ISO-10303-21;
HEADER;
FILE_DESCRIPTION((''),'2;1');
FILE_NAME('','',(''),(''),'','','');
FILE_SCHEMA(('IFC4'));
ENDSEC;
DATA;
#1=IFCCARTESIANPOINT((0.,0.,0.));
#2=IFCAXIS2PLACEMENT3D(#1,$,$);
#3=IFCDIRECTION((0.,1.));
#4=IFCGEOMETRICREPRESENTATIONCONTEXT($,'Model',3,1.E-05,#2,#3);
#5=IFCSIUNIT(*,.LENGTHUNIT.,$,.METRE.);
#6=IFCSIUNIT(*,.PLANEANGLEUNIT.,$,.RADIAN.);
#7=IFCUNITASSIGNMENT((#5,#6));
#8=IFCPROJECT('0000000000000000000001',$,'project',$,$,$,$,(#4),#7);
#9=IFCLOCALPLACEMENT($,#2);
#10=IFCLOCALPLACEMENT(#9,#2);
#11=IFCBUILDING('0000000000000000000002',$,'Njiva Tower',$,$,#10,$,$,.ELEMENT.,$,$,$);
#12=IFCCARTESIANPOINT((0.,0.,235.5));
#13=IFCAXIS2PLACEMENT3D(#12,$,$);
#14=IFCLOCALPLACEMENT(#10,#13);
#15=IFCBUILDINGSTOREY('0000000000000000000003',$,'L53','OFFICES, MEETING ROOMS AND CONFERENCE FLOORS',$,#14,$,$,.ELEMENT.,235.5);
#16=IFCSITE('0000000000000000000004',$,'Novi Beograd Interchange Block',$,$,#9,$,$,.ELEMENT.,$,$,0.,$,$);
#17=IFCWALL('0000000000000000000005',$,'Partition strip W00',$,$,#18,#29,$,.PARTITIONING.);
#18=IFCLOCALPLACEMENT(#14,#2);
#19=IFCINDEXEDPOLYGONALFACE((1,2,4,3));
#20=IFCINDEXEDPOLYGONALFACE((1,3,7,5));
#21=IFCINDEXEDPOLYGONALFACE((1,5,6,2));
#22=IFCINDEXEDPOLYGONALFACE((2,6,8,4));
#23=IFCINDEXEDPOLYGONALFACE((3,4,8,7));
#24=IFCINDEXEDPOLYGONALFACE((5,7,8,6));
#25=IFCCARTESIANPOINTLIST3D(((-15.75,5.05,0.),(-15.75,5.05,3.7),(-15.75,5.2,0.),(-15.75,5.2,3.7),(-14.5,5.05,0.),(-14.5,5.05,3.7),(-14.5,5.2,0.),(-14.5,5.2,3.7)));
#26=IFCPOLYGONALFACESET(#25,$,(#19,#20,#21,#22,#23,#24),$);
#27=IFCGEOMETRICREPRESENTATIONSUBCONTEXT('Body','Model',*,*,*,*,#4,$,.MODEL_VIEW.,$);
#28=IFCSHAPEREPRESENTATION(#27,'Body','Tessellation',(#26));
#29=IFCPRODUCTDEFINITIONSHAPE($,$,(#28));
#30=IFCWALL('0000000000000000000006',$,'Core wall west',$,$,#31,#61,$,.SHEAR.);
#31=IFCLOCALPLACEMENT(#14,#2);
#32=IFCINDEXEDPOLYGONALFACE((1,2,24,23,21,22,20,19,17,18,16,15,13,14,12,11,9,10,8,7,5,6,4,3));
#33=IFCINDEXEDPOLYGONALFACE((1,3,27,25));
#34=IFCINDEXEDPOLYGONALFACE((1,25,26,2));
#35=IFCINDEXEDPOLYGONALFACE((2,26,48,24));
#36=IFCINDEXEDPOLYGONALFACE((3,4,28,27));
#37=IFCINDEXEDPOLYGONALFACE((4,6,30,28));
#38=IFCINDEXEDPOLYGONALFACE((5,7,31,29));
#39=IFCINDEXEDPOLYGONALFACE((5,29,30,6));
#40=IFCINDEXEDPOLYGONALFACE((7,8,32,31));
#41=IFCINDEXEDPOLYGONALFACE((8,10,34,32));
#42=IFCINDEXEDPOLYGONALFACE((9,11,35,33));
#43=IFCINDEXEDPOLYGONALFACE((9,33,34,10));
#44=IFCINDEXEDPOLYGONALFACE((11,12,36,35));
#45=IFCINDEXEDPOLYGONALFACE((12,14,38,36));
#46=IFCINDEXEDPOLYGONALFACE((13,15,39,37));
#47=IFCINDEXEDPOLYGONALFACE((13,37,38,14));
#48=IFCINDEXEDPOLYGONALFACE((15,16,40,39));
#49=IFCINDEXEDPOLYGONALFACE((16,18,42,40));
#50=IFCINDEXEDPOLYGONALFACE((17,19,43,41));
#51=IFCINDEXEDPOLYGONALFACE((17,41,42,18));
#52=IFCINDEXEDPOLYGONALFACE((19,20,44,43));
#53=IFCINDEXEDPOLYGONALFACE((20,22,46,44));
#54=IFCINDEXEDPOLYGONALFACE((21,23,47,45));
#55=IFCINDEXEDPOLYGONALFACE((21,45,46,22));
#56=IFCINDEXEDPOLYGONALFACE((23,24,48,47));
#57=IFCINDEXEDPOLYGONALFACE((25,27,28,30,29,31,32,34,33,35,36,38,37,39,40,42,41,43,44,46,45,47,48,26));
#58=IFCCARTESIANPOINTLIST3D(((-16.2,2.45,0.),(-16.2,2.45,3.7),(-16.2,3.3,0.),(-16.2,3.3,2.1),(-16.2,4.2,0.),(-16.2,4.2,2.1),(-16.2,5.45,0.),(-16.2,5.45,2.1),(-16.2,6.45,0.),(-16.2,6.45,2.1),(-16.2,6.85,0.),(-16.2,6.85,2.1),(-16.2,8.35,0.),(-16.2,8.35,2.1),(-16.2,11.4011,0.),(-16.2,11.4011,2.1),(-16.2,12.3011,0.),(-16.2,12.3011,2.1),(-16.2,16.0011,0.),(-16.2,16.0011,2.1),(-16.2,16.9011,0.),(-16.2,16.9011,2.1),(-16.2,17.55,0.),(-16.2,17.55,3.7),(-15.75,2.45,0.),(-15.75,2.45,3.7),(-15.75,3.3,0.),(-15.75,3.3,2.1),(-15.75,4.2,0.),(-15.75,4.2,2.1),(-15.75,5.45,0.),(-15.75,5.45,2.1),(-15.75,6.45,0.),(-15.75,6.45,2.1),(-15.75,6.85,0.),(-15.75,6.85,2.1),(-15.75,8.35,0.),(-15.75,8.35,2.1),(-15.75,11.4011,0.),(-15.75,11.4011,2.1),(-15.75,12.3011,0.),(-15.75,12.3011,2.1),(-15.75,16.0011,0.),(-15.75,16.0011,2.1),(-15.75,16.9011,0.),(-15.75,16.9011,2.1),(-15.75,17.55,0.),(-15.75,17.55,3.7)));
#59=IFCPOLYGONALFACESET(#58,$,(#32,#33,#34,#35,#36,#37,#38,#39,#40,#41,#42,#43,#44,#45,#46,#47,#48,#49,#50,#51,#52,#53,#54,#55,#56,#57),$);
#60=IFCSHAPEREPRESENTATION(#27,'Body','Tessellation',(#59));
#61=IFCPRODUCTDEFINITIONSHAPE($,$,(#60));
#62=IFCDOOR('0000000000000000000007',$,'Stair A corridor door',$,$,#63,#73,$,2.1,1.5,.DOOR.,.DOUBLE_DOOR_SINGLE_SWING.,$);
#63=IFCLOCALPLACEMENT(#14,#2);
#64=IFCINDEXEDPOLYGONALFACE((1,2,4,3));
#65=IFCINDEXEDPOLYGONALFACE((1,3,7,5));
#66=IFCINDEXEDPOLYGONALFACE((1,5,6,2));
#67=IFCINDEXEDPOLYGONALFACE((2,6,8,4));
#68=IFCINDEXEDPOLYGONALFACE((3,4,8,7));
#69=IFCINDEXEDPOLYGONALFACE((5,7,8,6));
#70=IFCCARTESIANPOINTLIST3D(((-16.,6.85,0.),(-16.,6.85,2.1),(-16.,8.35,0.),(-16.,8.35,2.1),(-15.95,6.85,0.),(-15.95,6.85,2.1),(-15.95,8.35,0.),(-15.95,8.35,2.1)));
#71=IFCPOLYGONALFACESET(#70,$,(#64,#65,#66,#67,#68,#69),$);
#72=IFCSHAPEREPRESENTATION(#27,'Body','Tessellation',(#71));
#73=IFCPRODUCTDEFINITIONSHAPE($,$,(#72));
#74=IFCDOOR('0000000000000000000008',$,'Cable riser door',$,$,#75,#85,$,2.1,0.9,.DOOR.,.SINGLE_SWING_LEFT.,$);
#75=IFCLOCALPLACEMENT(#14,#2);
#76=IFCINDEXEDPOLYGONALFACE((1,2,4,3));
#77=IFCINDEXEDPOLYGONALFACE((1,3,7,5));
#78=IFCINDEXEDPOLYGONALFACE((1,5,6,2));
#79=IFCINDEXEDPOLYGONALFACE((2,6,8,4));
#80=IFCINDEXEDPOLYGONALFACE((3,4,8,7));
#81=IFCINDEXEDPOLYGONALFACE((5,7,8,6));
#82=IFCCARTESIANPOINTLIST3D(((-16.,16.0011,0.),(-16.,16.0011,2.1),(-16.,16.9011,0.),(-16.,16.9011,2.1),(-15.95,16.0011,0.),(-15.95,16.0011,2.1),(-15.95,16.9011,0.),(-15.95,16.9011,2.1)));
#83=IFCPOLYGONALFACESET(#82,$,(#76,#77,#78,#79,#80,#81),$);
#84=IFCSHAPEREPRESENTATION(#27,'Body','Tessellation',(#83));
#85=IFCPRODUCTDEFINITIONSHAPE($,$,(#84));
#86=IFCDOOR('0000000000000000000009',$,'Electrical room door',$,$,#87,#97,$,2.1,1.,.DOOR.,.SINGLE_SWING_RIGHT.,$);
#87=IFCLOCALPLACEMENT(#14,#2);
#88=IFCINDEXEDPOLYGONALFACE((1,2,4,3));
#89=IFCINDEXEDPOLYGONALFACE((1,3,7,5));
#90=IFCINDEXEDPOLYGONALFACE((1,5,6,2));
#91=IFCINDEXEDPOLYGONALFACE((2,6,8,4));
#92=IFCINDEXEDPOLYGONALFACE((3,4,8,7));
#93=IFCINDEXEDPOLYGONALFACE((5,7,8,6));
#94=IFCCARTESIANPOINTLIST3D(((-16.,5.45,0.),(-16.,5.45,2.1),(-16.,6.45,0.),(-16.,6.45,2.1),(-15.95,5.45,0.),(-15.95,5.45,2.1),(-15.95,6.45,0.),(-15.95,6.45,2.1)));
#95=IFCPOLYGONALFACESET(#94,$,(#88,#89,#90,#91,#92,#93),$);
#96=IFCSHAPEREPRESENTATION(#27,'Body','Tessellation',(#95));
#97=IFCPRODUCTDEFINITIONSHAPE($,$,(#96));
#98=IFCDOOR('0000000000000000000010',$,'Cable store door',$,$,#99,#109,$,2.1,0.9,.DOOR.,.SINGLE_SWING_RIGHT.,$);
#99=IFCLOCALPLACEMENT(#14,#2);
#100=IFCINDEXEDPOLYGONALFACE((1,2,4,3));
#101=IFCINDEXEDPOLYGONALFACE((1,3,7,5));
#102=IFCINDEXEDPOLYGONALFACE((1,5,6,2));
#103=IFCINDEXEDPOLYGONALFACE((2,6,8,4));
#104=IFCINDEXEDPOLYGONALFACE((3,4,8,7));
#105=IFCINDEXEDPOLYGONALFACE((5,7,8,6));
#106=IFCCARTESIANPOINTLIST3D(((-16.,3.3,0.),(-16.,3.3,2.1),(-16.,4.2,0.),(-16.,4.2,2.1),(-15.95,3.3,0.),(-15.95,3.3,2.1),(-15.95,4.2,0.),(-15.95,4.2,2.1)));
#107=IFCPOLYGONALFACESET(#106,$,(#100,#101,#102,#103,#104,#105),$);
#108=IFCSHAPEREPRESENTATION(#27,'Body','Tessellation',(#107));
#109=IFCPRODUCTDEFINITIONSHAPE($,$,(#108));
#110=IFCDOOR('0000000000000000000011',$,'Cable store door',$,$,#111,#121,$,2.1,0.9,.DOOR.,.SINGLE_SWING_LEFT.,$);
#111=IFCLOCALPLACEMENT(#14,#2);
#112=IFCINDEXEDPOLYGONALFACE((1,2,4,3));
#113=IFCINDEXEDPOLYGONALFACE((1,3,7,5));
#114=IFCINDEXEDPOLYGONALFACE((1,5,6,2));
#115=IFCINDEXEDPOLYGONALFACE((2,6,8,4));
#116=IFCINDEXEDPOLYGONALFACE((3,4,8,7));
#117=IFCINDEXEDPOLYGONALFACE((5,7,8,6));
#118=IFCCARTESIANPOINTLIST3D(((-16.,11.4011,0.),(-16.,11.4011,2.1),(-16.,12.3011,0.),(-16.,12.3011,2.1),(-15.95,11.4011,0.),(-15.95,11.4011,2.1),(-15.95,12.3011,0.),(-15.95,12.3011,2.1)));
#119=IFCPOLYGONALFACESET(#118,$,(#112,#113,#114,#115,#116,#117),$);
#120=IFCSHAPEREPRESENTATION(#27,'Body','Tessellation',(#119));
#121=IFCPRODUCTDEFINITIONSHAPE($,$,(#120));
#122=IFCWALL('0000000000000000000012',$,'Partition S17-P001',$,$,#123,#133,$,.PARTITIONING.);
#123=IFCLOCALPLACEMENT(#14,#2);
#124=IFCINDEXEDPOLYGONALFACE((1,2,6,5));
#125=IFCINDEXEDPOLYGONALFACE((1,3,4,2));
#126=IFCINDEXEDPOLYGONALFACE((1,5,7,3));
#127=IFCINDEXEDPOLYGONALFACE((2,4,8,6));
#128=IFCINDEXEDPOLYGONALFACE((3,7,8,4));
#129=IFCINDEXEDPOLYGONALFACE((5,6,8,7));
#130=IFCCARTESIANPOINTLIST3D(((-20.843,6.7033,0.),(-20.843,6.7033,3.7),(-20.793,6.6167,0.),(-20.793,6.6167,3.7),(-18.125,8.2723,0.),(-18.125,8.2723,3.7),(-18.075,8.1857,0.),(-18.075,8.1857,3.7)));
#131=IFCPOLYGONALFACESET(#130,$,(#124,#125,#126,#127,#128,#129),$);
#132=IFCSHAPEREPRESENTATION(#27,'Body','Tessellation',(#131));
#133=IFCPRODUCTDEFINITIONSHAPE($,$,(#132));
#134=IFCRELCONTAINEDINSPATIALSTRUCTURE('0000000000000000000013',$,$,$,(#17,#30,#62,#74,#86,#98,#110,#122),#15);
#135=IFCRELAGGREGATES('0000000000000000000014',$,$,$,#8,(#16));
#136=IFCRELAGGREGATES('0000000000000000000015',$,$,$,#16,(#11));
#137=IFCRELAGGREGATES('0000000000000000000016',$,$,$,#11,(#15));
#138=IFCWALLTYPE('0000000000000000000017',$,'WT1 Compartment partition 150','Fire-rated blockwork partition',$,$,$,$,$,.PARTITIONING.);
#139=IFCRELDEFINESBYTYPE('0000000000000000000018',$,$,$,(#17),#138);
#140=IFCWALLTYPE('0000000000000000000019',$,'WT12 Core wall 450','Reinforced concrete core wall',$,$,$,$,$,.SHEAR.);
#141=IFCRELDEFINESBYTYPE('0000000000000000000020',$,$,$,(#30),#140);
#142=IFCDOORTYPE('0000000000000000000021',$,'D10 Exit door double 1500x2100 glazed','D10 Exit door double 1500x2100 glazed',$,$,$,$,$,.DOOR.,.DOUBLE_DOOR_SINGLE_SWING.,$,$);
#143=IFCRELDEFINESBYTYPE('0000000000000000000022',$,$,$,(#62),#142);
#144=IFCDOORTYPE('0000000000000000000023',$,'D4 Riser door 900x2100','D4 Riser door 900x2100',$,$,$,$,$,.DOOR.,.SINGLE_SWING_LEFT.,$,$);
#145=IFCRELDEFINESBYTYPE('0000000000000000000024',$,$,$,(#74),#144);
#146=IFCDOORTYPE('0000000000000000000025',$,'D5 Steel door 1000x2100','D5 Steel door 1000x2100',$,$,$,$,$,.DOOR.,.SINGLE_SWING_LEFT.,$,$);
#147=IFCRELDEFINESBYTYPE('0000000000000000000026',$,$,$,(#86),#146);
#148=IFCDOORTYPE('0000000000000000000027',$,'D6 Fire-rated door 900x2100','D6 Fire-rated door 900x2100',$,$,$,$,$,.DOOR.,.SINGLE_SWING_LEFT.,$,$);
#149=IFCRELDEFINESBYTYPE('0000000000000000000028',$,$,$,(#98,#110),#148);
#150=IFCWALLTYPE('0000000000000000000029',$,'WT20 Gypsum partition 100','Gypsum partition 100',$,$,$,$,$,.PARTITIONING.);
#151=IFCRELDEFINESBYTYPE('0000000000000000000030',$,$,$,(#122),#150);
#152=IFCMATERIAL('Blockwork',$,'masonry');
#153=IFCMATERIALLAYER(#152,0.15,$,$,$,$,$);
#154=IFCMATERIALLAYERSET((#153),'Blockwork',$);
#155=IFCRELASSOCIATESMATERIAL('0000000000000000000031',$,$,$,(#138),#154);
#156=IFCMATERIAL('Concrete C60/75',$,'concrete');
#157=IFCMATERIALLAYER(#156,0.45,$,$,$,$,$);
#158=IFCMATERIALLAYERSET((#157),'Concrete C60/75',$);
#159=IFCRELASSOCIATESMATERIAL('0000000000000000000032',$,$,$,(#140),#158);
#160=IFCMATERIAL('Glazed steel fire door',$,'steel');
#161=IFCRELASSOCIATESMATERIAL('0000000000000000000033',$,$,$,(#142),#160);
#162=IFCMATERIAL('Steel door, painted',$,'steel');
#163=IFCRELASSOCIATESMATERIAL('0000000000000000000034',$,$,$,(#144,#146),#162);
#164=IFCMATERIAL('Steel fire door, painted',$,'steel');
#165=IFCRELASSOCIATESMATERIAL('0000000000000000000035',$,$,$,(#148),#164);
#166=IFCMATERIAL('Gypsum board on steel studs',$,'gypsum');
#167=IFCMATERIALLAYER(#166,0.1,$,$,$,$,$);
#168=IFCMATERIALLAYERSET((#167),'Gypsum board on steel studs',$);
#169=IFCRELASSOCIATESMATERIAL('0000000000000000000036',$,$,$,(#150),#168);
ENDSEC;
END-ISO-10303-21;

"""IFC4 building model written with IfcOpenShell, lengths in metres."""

from ifc_helpers import new_model, si_unit, direction, frame, frame_2d, origin, place, context, subcontext, project, spatial, rectangle, extrude, material, layer, layer_set, type_object, element, fill, save


model = new_model("IFC4")

# Units and contexts
model_context = context("Model", 3, precision=1e-05, world=origin(), true_north=direction((0.0, 1.0)))
body_context = subcontext(model_context, "Body", "Model", "MODEL_VIEW")
ifc_project = project(units=[si_unit("LENGTHUNIT", "METRE"), si_unit("PLANEANGLEUNIT", "RADIAN")], contexts=[model_context])

# Site, building, storey
site_placement = place(None, origin())
site = spatial("IfcSite", under=ifc_project, at=site_placement, Name="Novi Beograd Interchange Block", CompositionType="ELEMENT", RefElevation=0.0)
building_placement = place(site_placement, origin())
building = spatial("IfcBuilding", under=site, at=building_placement, Name="Njiva Tower", CompositionType="ELEMENT")
storey_placement = place(building_placement, frame((0.0, 0.0, 235.5)))
storey = spatial("IfcBuildingStorey", under=building, at=storey_placement, Name="L53", Description="OFFICES, MEETING ROOMS AND CONFERENCE FLOORS", CompositionType="ELEMENT", Elevation=235.5)

# Wall
ifc_material_1 = material(Name="Blockwork", Category="masonry")
ifc_layer_1 = layer(ifc_material_1, 0.15)
ifc_layer_set_1 = layer_set([ifc_layer_1], Name="Blockwork")
wall_type_1 = type_object("IfcWallType", Name="WT1 Compartment partition 150", Description="Fire-rated blockwork partition", PredefinedType="PARTITIONING", material=ifc_layer_set_1)
wall_1_placement = place(storey_placement, frame((-15.75, 5.125, 0.0), z_axis=(0.0, 0.0, 1.0), x_axis=(1.0, 0.0, 0.0)))
element("IfcWall", 1, at=wall_1_placement, inside=storey, type_object=wall_type_1, Name="Partition strip W00", PredefinedType="PARTITIONING", context=body_context, shape_type="SweptSolid", body=[
    extrude(rectangle(XDim=1.25, YDim=0.15, at=frame_2d((0.625, 0.0))), origin(), (0.0, 0.0, 1.0), 3.7),
])

# Wall, openings, doors
ifc_material_2 = material(Name="Concrete C60/75", Category="concrete")
ifc_layer_2 = layer(ifc_material_2, 0.45)
ifc_layer_set_2 = layer_set([ifc_layer_2], Name="Concrete C60/75")
wall_type_2 = type_object("IfcWallType", Name="WT12 Core wall 450", Description="Reinforced concrete core wall", PredefinedType="SHEAR", material=ifc_layer_set_2)
wall_2_placement = place(storey_placement, frame((-15.975, 2.45, 0.0), z_axis=(0.0, 0.0, 1.0), x_axis=(0.0, 1.0, 0.0)))
wall_2 = element("IfcWall", 2, at=wall_2_placement, inside=storey, type_object=wall_type_2, Name="Core wall west", PredefinedType="SHEAR", context=body_context, shape_type="SweptSolid", body=[
    extrude(rectangle(XDim=15.1, YDim=0.45, at=frame_2d((7.55, 0.0))), origin(), (0.0, 0.0, 1.0), 3.7),
])
opening_1_placement = place(wall_2_placement, frame((4.4, 0.0, 0.0)))
opening_1 = element("IfcOpeningElement", 3, at=opening_1_placement, cuts=wall_2, PredefinedType="OPENING", context=body_context, shape_type="SweptSolid", body=[
    extrude(rectangle(XDim=1.5, YDim=2.1, at=frame_2d((0.75, 1.05))), frame((0.0, 0.235, 0.0), z_axis=(0.0, -1.0, 0.0), x_axis=(1.0, 0.0, 0.0)), (0.0, 0.0, 1.0), 0.47),
])
opening_2_placement = place(wall_2_placement, frame((0.85, 0.0, 0.0)))
opening_2 = element("IfcOpeningElement", 4, at=opening_2_placement, cuts=wall_2, PredefinedType="OPENING", context=body_context, shape_type="SweptSolid", body=[
    extrude(rectangle(XDim=0.9, YDim=2.1, at=frame_2d((0.45, 1.05))), frame((0.0, 0.235, 0.0), z_axis=(0.0, -1.0, 0.0), x_axis=(1.0, 0.0, 0.0)), (0.0, 0.0, 1.0), 0.47),
])
opening_3_placement = place(wall_2_placement, frame((3.0, 0.0, 0.0)))
opening_3 = element("IfcOpeningElement", 5, at=opening_3_placement, cuts=wall_2, PredefinedType="OPENING", context=body_context, shape_type="SweptSolid", body=[
    extrude(rectangle(XDim=1.0, YDim=2.1, at=frame_2d((0.5, 1.05))), frame((0.0, 0.235, 0.0), z_axis=(0.0, -1.0, 0.0), x_axis=(1.0, 0.0, 0.0)), (0.0, 0.0, 1.0), 0.47),
])
opening_4_placement = place(wall_2_placement, frame((8.9511, 0.0, 0.0)))
opening_4 = element("IfcOpeningElement", 6, at=opening_4_placement, cuts=wall_2, PredefinedType="OPENING", context=body_context, shape_type="SweptSolid", body=[
    extrude(rectangle(XDim=0.9, YDim=2.1, at=frame_2d((0.45, 1.05))), frame((0.0, 0.235, 0.0), z_axis=(0.0, -1.0, 0.0), x_axis=(1.0, 0.0, 0.0)), (0.0, 0.0, 1.0), 0.47),
])
opening_5_placement = place(wall_2_placement, frame((13.5511, 0.0, 0.0)))
opening_5 = element("IfcOpeningElement", 7, at=opening_5_placement, cuts=wall_2, PredefinedType="OPENING", context=body_context, shape_type="SweptSolid", body=[
    extrude(rectangle(XDim=0.9, YDim=2.1, at=frame_2d((0.45, 1.05))), frame((0.0, 0.235, 0.0), z_axis=(0.0, -1.0, 0.0), x_axis=(1.0, 0.0, 0.0)), (0.0, 0.0, 1.0), 0.47),
])
ifc_material_3 = material(Name="Glazed steel fire door", Category="steel")
door_type_1 = type_object("IfcDoorType", Name="D10 Exit door double 1500x2100 glazed", Description="D10 Exit door double 1500x2100 glazed", OperationType="DOUBLE_DOOR_SINGLE_SWING", PredefinedType="DOOR", material=ifc_material_3)
door_1_placement = place(opening_1_placement, origin())
door_1 = element("IfcDoor", 8, at=door_1_placement, inside=storey, type_object=door_type_1, Name="Stair A corridor door", OperationType="DOUBLE_DOOR_SINGLE_SWING", OverallHeight=2.1, OverallWidth=1.5, PredefinedType="DOOR", context=body_context, shape_type="SweptSolid", body=[
    extrude(rectangle(XDim=1.5, YDim=2.1, at=frame_2d((0.75, 1.05))), frame((0.0, 0.025, 0.0), z_axis=(0.0, -1.0, 0.0), x_axis=(1.0, 0.0, 0.0)), (0.0, 0.0, 1.0), 0.05),
])
fill(opening_1, door_1)
ifc_material_4 = material(Name="Steel door, painted", Category="steel")
door_type_2 = type_object("IfcDoorType", Name="D4 Riser door 900x2100", Description="D4 Riser door 900x2100", OperationType="SINGLE_SWING_LEFT", PredefinedType="DOOR", material=ifc_material_4)
door_2_placement = place(opening_5_placement, origin())
door_2 = element("IfcDoor", 9, at=door_2_placement, inside=storey, type_object=door_type_2, Name="Cable riser door", OperationType="SINGLE_SWING_LEFT", OverallHeight=2.1, OverallWidth=0.9, PredefinedType="DOOR", context=body_context, shape_type="SweptSolid", body=[
    extrude(rectangle(XDim=0.9, YDim=2.1, at=frame_2d((0.45, 1.05))), frame((0.0, 0.025, 0.0), z_axis=(0.0, -1.0, 0.0), x_axis=(1.0, 0.0, 0.0)), (0.0, 0.0, 1.0), 0.05),
])
fill(opening_5, door_2)
door_type_3 = type_object("IfcDoorType", Name="D5 Steel door 1000x2100", Description="D5 Steel door 1000x2100", OperationType="SINGLE_SWING_LEFT", PredefinedType="DOOR", material=ifc_material_4)
door_3_placement = place(opening_3_placement, origin())
door_3 = element("IfcDoor", 10, at=door_3_placement, inside=storey, type_object=door_type_3, Name="Electrical room door", OperationType="SINGLE_SWING_RIGHT", OverallHeight=2.1, OverallWidth=1.0, PredefinedType="DOOR", context=body_context, shape_type="SweptSolid", body=[
    extrude(rectangle(XDim=1.0, YDim=2.1, at=frame_2d((0.5, 1.05))), frame((0.0, 0.025, 0.0), z_axis=(0.0, -1.0, 0.0), x_axis=(1.0, 0.0, 0.0)), (0.0, 0.0, 1.0), 0.05),
])
fill(opening_3, door_3)
ifc_material_5 = material(Name="Steel fire door, painted", Category="steel")
door_type_4 = type_object("IfcDoorType", Name="D6 Fire-rated door 900x2100", Description="D6 Fire-rated door 900x2100", OperationType="SINGLE_SWING_LEFT", PredefinedType="DOOR", material=ifc_material_5)
door_4_placement = place(opening_2_placement, origin())
door_4 = element("IfcDoor", 11, at=door_4_placement, inside=storey, type_object=door_type_4, Name="Cable store door", OperationType="SINGLE_SWING_RIGHT", OverallHeight=2.1, OverallWidth=0.9, PredefinedType="DOOR", context=body_context, shape_type="SweptSolid", body=[
    extrude(rectangle(XDim=0.9, YDim=2.1, at=frame_2d((0.45, 1.05))), frame((0.0, 0.025, 0.0), z_axis=(0.0, -1.0, 0.0), x_axis=(1.0, 0.0, 0.0)), (0.0, 0.0, 1.0), 0.05),
])
fill(opening_2, door_4)
door_5_placement = place(opening_4_placement, origin())
door_5 = element("IfcDoor", 12, at=door_5_placement, inside=storey, type_object=door_type_4, Name="Cable store door", OperationType="SINGLE_SWING_LEFT", OverallHeight=2.1, OverallWidth=0.9, PredefinedType="DOOR", context=body_context, shape_type="SweptSolid", body=[
    extrude(rectangle(XDim=0.9, YDim=2.1, at=frame_2d((0.45, 1.05))), frame((0.0, 0.025, 0.0), z_axis=(0.0, -1.0, 0.0), x_axis=(1.0, 0.0, 0.0)), (0.0, 0.0, 1.0), 0.05),
])
fill(opening_4, door_5)

# Wall
ifc_material_6 = material(Name="Gypsum board on steel studs", Category="gypsum")
ifc_layer_3 = layer(ifc_material_6, 0.1)
ifc_layer_set_3 = layer_set([ifc_layer_3], Name="Gypsum board on steel studs")
wall_type_3 = type_object("IfcWallType", Name="WT20 Gypsum partition 100", Description="Gypsum partition 100", PredefinedType="PARTITIONING", material=ifc_layer_set_3)
wall_3_placement = place(storey_placement, frame((-20.818, 6.66, 0.0), z_axis=(0.0, 0.0, 1.0), x_axis=(0.866058, 0.499943, 0.0)))
element("IfcWall", 13, at=wall_3_placement, inside=storey, type_object=wall_type_3, Name="Partition S17-P001", PredefinedType="PARTITIONING", context=body_context, shape_type="SweptSolid", body=[
    extrude(rectangle(XDim=3.1384, YDim=0.1, at=frame_2d((1.5692, 0.0))), origin(), (0.0, 0.0, 1.0), 3.7),
])

save(model, "model.ifc")
